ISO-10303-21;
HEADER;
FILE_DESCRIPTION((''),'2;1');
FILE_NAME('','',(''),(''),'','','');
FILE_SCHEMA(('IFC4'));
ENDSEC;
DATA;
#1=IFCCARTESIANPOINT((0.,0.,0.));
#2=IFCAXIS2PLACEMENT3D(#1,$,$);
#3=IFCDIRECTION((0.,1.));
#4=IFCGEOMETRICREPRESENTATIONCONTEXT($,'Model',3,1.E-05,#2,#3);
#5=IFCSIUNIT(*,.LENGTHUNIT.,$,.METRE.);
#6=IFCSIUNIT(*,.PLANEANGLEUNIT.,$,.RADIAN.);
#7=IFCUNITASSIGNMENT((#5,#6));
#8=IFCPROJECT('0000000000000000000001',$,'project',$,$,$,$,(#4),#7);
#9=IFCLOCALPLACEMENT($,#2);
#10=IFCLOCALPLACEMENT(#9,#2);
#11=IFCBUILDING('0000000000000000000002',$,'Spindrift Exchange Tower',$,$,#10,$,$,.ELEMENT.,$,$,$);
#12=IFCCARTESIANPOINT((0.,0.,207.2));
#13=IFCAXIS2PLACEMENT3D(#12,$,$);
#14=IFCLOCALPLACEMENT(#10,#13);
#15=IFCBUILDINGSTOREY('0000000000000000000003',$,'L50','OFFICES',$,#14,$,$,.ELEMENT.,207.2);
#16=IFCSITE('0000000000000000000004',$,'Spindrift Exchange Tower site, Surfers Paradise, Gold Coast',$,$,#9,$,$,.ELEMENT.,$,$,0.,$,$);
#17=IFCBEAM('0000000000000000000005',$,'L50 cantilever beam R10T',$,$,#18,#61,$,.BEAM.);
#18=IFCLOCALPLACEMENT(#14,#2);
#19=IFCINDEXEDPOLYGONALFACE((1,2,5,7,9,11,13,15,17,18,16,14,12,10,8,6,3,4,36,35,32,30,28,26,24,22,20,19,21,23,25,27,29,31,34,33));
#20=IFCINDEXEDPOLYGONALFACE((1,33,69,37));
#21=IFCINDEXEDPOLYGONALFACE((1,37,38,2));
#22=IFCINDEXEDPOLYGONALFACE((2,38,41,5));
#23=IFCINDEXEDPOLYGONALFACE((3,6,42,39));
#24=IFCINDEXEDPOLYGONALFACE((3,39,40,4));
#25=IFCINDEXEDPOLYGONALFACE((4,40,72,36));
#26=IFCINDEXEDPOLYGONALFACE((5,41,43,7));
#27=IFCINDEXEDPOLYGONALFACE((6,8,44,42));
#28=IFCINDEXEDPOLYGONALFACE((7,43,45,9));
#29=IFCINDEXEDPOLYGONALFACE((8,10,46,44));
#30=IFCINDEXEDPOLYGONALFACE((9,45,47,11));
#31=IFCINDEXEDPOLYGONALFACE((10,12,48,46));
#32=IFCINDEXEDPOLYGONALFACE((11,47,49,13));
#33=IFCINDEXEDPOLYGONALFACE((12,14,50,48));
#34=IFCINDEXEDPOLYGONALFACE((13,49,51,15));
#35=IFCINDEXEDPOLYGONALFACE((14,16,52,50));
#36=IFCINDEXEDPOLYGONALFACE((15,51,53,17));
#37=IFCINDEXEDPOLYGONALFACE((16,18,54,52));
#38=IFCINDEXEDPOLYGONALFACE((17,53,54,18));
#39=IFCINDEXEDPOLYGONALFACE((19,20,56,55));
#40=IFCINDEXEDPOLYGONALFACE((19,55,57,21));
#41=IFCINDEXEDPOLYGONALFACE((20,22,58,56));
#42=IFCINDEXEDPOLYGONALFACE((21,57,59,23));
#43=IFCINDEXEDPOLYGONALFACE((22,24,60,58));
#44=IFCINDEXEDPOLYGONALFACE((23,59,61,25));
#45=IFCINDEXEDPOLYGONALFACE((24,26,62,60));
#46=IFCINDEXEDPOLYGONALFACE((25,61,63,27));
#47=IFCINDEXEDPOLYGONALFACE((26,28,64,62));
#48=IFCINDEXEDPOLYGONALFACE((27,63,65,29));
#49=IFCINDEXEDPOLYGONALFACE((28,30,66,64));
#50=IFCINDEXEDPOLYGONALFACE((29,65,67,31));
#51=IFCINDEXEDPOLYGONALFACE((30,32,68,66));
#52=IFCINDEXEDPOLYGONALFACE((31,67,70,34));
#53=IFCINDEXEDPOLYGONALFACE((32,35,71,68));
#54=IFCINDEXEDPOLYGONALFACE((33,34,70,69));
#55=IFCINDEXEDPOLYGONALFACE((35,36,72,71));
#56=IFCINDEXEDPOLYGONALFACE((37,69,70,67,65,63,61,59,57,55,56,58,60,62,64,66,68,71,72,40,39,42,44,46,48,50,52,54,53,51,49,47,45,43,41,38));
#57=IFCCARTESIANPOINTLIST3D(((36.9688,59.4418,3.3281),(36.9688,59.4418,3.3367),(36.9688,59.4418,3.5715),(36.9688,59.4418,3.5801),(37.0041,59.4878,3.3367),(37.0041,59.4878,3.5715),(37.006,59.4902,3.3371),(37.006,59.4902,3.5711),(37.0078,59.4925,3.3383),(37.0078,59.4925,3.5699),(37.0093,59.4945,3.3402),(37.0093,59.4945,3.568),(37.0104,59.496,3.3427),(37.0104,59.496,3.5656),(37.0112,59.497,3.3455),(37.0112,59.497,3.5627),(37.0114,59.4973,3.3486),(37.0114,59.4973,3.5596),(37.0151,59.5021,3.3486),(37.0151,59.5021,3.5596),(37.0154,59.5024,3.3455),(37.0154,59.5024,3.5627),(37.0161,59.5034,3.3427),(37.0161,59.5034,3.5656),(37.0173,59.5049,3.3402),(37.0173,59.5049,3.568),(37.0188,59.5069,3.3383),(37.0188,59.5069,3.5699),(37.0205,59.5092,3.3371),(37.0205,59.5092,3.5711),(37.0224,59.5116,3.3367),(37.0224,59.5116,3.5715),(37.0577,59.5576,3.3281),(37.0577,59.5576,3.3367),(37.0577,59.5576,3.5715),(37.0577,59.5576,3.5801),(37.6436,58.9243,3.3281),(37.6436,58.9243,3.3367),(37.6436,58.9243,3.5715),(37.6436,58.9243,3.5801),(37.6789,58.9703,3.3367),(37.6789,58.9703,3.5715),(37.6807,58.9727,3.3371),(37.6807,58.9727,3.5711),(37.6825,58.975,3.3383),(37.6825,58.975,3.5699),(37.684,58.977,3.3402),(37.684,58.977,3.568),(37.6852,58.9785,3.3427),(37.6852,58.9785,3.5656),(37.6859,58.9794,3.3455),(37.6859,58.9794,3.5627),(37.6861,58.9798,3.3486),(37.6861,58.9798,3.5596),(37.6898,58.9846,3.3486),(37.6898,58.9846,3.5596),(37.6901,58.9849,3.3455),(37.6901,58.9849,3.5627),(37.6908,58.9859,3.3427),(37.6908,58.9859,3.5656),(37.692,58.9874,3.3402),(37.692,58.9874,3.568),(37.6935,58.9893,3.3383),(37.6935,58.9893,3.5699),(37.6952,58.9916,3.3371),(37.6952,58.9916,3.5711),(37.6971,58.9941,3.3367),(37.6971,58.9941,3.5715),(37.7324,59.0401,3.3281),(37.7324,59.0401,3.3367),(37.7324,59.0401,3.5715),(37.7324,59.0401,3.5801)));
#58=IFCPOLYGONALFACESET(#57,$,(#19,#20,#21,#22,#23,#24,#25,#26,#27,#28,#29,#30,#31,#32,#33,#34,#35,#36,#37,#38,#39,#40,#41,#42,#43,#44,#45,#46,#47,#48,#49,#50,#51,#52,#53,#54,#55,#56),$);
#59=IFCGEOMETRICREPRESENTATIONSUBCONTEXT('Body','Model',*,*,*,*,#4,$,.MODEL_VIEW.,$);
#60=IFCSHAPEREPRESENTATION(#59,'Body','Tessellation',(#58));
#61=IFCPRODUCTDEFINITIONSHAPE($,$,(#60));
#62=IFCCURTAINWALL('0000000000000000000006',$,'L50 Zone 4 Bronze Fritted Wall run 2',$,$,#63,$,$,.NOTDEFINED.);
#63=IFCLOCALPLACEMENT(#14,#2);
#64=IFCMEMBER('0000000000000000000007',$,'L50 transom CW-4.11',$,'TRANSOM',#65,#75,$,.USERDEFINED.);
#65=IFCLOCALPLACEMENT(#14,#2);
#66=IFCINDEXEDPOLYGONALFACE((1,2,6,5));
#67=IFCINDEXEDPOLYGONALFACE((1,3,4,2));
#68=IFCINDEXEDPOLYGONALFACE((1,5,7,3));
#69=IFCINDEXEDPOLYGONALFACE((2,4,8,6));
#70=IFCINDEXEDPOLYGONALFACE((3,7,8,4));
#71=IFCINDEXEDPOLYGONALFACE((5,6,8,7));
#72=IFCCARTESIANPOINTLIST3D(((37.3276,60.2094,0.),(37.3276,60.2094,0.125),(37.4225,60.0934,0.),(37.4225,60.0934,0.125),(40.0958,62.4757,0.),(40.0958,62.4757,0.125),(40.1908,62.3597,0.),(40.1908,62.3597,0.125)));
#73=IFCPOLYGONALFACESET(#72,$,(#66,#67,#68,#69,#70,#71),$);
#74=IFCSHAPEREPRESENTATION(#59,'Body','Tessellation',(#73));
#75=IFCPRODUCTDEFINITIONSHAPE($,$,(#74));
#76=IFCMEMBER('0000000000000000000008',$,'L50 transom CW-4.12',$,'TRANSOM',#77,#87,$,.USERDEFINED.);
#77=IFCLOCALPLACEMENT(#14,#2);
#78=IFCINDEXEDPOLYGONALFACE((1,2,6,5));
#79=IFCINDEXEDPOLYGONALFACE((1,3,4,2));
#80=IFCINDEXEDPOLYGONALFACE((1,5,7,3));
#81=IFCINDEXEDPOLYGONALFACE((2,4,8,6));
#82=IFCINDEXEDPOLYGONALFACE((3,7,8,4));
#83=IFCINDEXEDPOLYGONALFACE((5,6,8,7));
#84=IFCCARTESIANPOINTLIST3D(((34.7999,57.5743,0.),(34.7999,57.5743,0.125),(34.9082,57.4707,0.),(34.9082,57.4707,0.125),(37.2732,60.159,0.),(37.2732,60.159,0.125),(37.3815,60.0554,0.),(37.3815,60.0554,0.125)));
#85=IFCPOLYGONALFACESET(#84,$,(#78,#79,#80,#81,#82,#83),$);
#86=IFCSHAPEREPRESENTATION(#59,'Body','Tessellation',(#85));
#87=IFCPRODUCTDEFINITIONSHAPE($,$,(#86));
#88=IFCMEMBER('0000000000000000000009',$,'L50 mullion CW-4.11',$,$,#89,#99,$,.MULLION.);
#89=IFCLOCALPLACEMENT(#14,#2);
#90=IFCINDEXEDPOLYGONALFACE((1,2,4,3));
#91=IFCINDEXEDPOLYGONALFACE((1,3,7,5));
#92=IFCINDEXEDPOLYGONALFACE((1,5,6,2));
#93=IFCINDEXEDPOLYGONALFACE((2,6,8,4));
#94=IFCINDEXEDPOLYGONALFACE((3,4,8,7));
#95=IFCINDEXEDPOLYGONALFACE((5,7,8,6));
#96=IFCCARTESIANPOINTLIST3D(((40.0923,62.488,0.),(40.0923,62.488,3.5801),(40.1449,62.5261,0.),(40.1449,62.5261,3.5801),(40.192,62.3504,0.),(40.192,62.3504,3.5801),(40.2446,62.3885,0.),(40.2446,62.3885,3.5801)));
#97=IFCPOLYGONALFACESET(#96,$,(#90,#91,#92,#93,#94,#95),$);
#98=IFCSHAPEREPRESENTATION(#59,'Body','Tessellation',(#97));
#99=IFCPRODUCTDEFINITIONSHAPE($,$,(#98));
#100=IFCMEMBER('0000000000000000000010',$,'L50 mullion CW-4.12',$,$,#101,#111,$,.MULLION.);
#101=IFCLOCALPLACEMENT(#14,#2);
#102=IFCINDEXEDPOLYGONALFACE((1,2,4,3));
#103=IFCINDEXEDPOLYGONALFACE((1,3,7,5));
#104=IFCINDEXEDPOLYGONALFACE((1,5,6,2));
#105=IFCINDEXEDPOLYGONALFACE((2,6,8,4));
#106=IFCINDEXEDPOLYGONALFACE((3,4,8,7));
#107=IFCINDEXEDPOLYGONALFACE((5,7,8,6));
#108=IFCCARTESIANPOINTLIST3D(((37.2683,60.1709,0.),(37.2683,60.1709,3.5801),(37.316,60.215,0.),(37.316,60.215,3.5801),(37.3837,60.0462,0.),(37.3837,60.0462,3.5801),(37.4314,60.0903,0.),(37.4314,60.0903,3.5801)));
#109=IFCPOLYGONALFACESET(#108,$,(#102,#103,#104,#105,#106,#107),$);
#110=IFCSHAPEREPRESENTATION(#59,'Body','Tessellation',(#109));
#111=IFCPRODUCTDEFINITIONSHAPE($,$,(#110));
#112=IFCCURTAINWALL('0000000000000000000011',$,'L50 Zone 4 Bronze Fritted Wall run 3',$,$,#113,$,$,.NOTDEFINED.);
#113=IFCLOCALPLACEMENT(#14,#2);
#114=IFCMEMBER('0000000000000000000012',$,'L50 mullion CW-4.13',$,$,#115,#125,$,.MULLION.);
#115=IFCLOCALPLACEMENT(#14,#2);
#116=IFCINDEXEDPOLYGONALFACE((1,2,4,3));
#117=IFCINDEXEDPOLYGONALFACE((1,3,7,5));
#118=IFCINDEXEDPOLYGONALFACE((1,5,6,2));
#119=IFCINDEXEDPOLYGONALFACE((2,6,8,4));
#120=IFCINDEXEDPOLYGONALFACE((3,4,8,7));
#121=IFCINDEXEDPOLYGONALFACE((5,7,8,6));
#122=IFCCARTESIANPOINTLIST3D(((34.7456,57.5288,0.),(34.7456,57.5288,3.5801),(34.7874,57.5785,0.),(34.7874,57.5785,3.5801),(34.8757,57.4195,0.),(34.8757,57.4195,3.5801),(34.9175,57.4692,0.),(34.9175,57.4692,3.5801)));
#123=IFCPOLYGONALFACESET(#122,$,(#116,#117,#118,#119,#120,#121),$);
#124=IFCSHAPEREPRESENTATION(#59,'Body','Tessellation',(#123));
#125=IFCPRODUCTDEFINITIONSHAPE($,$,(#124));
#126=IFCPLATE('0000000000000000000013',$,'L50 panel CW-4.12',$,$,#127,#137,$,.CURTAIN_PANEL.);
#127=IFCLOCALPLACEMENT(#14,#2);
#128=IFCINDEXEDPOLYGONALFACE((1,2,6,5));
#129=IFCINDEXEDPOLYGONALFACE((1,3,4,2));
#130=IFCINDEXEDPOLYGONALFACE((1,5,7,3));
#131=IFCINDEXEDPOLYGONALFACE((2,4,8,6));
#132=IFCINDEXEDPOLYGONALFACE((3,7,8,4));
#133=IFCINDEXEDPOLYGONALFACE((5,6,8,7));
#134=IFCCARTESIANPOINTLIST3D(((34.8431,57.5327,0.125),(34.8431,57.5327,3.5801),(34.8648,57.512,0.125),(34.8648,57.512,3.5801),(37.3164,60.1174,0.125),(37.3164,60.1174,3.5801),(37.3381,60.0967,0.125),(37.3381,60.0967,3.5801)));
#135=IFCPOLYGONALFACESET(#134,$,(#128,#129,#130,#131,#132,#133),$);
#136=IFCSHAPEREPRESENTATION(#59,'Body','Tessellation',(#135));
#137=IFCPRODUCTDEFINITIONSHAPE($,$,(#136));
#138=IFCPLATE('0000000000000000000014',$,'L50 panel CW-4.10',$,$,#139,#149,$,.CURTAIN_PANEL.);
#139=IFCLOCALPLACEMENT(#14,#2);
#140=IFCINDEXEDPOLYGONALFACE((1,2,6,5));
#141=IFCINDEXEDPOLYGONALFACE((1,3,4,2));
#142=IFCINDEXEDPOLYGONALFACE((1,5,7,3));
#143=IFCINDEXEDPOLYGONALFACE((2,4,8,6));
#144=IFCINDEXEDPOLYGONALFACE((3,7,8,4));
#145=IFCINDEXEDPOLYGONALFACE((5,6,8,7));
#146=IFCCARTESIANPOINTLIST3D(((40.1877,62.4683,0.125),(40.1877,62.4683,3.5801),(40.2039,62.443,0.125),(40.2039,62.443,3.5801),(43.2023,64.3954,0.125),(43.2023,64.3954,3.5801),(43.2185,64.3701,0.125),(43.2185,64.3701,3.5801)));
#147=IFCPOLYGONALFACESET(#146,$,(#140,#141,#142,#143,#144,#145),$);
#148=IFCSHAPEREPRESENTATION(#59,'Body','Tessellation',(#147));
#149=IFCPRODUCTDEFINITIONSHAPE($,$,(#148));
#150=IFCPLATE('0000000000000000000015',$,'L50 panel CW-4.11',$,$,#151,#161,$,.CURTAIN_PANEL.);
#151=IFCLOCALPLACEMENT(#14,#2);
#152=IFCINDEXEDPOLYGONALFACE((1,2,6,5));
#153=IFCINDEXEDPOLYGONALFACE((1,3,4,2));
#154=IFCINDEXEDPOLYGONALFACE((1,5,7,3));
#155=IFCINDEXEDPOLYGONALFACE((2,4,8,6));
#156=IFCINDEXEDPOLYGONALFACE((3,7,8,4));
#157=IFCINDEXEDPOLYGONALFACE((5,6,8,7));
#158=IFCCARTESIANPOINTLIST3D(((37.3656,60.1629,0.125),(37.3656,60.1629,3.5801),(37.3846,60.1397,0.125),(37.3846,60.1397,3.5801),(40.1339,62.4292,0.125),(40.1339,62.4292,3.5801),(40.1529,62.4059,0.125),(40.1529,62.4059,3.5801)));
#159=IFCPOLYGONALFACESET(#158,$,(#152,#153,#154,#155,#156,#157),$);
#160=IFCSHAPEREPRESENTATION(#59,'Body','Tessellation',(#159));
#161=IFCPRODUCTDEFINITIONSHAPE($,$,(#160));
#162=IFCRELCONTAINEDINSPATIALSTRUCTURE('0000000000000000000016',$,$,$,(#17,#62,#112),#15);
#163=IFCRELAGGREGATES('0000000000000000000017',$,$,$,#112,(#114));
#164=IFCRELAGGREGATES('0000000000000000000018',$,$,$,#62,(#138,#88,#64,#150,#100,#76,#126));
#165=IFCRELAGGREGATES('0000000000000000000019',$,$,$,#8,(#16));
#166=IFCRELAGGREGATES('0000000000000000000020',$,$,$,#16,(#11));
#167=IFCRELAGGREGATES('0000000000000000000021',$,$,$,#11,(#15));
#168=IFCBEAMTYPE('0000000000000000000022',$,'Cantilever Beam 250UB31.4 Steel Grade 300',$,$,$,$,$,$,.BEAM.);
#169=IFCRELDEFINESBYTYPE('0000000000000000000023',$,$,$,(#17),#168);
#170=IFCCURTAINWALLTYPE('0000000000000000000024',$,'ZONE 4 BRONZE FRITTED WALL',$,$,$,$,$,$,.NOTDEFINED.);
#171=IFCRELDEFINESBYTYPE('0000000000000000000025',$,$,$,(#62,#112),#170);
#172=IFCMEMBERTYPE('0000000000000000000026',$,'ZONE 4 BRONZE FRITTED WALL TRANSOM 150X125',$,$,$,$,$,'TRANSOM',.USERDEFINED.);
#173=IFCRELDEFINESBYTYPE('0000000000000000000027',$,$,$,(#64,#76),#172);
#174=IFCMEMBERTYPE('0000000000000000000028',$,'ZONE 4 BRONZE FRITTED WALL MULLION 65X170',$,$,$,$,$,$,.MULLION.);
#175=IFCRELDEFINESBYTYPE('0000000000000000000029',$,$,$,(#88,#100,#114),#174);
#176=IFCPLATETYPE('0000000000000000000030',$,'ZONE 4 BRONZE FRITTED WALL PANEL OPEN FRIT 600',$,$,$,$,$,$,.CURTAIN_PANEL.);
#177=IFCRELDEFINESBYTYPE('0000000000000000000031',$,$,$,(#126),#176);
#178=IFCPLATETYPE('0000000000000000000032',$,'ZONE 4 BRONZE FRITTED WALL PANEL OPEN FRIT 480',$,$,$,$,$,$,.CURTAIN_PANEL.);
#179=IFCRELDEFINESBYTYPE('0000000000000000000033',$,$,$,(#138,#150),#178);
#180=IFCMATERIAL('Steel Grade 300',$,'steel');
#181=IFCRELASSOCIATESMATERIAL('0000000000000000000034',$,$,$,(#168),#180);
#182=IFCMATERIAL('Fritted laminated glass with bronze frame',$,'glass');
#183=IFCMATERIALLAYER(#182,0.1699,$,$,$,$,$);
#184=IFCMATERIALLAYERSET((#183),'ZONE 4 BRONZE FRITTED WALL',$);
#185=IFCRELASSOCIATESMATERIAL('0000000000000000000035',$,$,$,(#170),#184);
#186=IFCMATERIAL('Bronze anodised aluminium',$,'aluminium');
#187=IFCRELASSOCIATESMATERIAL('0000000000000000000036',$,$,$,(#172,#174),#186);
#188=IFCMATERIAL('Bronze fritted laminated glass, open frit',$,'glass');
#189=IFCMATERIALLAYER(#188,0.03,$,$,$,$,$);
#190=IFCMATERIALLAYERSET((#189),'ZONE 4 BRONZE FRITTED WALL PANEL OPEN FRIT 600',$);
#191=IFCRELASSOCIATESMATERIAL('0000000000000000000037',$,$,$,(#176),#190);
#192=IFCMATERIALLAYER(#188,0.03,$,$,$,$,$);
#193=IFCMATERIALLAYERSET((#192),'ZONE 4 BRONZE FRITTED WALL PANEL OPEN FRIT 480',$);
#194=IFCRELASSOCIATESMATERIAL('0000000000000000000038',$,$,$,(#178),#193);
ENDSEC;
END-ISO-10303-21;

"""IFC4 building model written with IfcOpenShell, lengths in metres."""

from ifc_helpers import new_model, si_unit, direction, frame, origin, origin_2d, place, context, subcontext, project, spatial, rectangle, i_section, extrude, source, transform, mapped, material, layer, layer_set, material_profile, profile_set, type_object, element, aggregate, save


model = new_model("IFC4")

# Units and contexts
model_context = context("Model", 3, precision=1e-05, world=origin(), true_north=direction((0.0, 1.0)))
body_context = subcontext(model_context, "Body", "Model", "MODEL_VIEW")
ifc_project = project(units=[si_unit("LENGTHUNIT", "METRE"), si_unit("PLANEANGLEUNIT", "RADIAN")], contexts=[model_context])

# Site, building, storey
site_placement = place(None, origin())
site = spatial("IfcSite", under=ifc_project, at=site_placement, Name="Spindrift Exchange Tower site, Surfers Paradise, Gold Coast", CompositionType="ELEMENT", RefElevation=0.0)
building_placement = place(site_placement, origin())
building = spatial("IfcBuilding", under=site, at=building_placement, Name="Spindrift Exchange Tower", CompositionType="ELEMENT")
storey_placement = place(building_placement, frame((0.0, 0.0, 207.2)))
storey = spatial("IfcBuildingStorey", under=building, at=storey_placement, Name="L50", Description="OFFICES", CompositionType="ELEMENT", Elevation=207.2)

# Beam
ifc_material_1 = material(Name="Steel Grade 300", Category="steel")
ifc_material_profile_1 = material_profile(ifc_material_1, i_section(OverallWidth=0.146, OverallDepth=0.252, WebThickness=0.0061, FlangeThickness=0.0085, FilletRadius=0.012, at=origin_2d()), Name="250UB31.4")
ifc_profile_set_1 = profile_set([ifc_material_profile_1], Name="Steel Grade 300")
beam_type_1 = type_object("IfcBeamType", Name="Cantilever Beam 250UB31.4 Steel Grade 300", PredefinedType="BEAM", material=ifc_profile_set_1)
shared_shape_1 = source(origin(), body_context, "Body", "SweptSolid", [
    extrude(i_section(OverallWidth=0.146, OverallDepth=0.252, WebThickness=0.0061, FlangeThickness=0.0085, FilletRadius=0.012, at=origin_2d()), origin(), (0.0, 0.0, 1.0), 0.8503),
])
beam_1_placement = place(storey_placement, frame((37.688, 58.9822, 3.4541), z_axis=(-0.793477, 0.6086, 0.0), x_axis=(-0.6086, -0.793477, 0.0)))
element("IfcBeam", 1, at=beam_1_placement, inside=storey, type_object=beam_type_1, Name="L50 cantilever beam R10T", PredefinedType="BEAM", context=body_context, shape_type="MappedRepresentation", body=[
    mapped(shared_shape_1, transform((0.0, 0.0, 0.0), scale=1.0)),
])

# Curtain wall, members
ifc_material_2 = material(Name="Fritted laminated glass with bronze frame", Category="glass")
ifc_layer_1 = layer(ifc_material_2, 0.1699)
ifc_layer_set_1 = layer_set([ifc_layer_1], Name="ZONE 4 BRONZE FRITTED WALL")
curtain_wall_type = type_object("IfcCurtainWallType", Name="ZONE 4 BRONZE FRITTED WALL", PredefinedType="NOTDEFINED", material=ifc_layer_set_1)
curtain_wall_1_placement = place(storey_placement, origin())
curtain_wall_1 = element("IfcCurtainWall", 2, at=curtain_wall_1_placement, inside=storey, type_object=curtain_wall_type, Name="L50 Zone 4 Bronze Fritted Wall run 2", PredefinedType="NOTDEFINED")
ifc_material_3 = material(Name="Bronze anodised aluminium", Category="aluminium")
ifc_material_profile_2 = material_profile(ifc_material_3, rectangle(XDim=0.1499, YDim=0.125, at=origin_2d()), Name="ZONE 4 BRONZE FRITTED WALL TRANSOM 150X125")
ifc_profile_set_2 = profile_set([ifc_material_profile_2], Name="Bronze anodised aluminium")
member_type_1 = type_object("IfcMemberType", Name="ZONE 4 BRONZE FRITTED WALL TRANSOM 150X125", ElementType="TRANSOM", PredefinedType="USERDEFINED", material=ifc_profile_set_2)
shared_shape_2 = source(origin(), body_context, "Body", "SweptSolid", [
    extrude(rectangle(XDim=0.1499, YDim=0.125, at=origin_2d()), origin(), (0.0, 0.0, 1.0), 3.5776),
])
member_1_placement = place(storey_placement, frame((40.1433, 62.4177, 0.0625), z_axis=(-0.773769, -0.633468, 0.0), x_axis=(0.633468, -0.773769, 0.0)))
member_1 = element("IfcMember", 3, at=member_1_placement, type_object=member_type_1, Name="L50 transom CW-4.11", ObjectType="TRANSOM", PredefinedType="USERDEFINED", context=body_context, shape_type="MappedRepresentation", body=[
    mapped(shared_shape_2, transform((0.0, 0.0, 0.0), scale=1.0)),
])
shared_shape_3 = source(origin(), body_context, "Body", "SweptSolid", [
    extrude(rectangle(XDim=0.1499, YDim=0.125, at=origin_2d()), origin(), (0.0, 0.0, 1.0), 3.5774),
])
member_2_placement = place(storey_placement, frame((37.3274, 60.1072, 0.0625), z_axis=(-0.691376, -0.722495, 0.0), x_axis=(0.722495, -0.691376, 0.0)))
member_2 = element("IfcMember", 4, at=member_2_placement, type_object=member_type_1, Name="L50 transom CW-4.12", ObjectType="TRANSOM", PredefinedType="USERDEFINED", context=body_context, shape_type="MappedRepresentation", body=[
    mapped(shared_shape_3, transform((0.0, 0.0, 0.0), scale=1.0)),
])
ifc_material_profile_3 = material_profile(ifc_material_3, rectangle(XDim=0.0649, YDim=0.1699, at=origin_2d()), Name="ZONE 4 BRONZE FRITTED WALL MULLION 65X170")
ifc_profile_set_3 = profile_set([ifc_material_profile_3], Name="Bronze anodised aluminium")
member_type_2 = type_object("IfcMemberType", Name="ZONE 4 BRONZE FRITTED WALL MULLION 65X170", PredefinedType="MULLION", material=ifc_profile_set_3)
shared_shape_4 = source(origin(), body_context, "Body", "SweptSolid", [
    extrude(rectangle(XDim=0.0649, YDim=0.1699, at=origin_2d()), origin(), (0.0, 0.0, 1.0), 3.5801),
])
member_3_placement = place(storey_placement, frame((40.1685, 62.4382, 0.0), z_axis=(0.0, 0.0, 1.0), x_axis=(-0.809564, -0.587031, 0.0)))
member_3 = element("IfcMember", 5, at=member_3_placement, type_object=member_type_2, Name="L50 mullion CW-4.11", PredefinedType="MULLION", context=body_context, shape_type="MappedRepresentation", body=[
    mapped(shared_shape_4, transform((0.0, 0.0, 0.0), scale=1.0)),
])
member_4_placement = place(storey_placement, frame((37.3499, 60.1306, 0.0), z_axis=(0.0, 0.0, 1.0), x_axis=(-0.733928, -0.679227, 0.0)))
member_4 = element("IfcMember", 6, at=member_4_placement, type_object=member_type_2, Name="L50 mullion CW-4.12", PredefinedType="MULLION", context=body_context, shape_type="MappedRepresentation", body=[
    mapped(shared_shape_4, transform((0.0, 0.0, 0.0), scale=1.0)),
])

# Curtain wall, member
curtain_wall_2_placement = place(storey_placement, origin())
curtain_wall_2 = element("IfcCurtainWall", 7, at=curtain_wall_2_placement, inside=storey, type_object=curtain_wall_type, Name="L50 Zone 4 Bronze Fritted Wall run 3", PredefinedType="NOTDEFINED")
member_5_placement = place(storey_placement, frame((34.8315, 57.499, 0.0), z_axis=(0.0, 0.0, 1.0), x_axis=(-0.64325, -0.765656, 0.0)))
member_5 = element("IfcMember", 8, at=member_5_placement, type_object=member_type_2, Name="L50 mullion CW-4.13", PredefinedType="MULLION", context=body_context, shape_type="MappedRepresentation", body=[
    mapped(shared_shape_4, transform((0.0, 0.0, 0.0), scale=1.0)),
])
aggregate(curtain_wall_2, [member_5])

# Plates
ifc_material_4 = material(Name="Bronze fritted laminated glass, open frit", Category="glass")
ifc_layer_2 = layer(ifc_material_4, 0.03)
ifc_layer_set_2 = layer_set([ifc_layer_2], Name="ZONE 4 BRONZE FRITTED WALL PANEL OPEN FRIT 600")
plate_type_1 = type_object("IfcPlateType", Name="ZONE 4 BRONZE FRITTED WALL PANEL OPEN FRIT 600", PredefinedType="CURTAIN_PANEL", material=ifc_layer_set_2)
shared_shape_5 = source(origin(), body_context, "Body", "SweptSolid", [
    extrude(rectangle(XDim=3.5774, YDim=0.03, at=origin_2d()), origin(), (0.0, 0.0, 1.0), 3.4551),
])
plate_1_placement = place(storey_placement, frame((36.0906, 58.8147, 0.125), z_axis=(0.0, 0.0, 1.0), x_axis=(-0.691369, -0.722502, 0.0)))
plate_1 = element("IfcPlate", 9, at=plate_1_placement, type_object=plate_type_1, Name="L50 panel CW-4.12", PredefinedType="CURTAIN_PANEL", context=body_context, shape_type="MappedRepresentation", body=[
    mapped(shared_shape_5, transform((0.0, 0.0, 0.0), scale=1.0)),
])
ifc_layer_3 = layer(ifc_material_4, 0.03)
ifc_layer_set_3 = layer_set([ifc_layer_3], Name="ZONE 4 BRONZE FRITTED WALL PANEL OPEN FRIT 480")
plate_type_2 = type_object("IfcPlateType", Name="ZONE 4 BRONZE FRITTED WALL PANEL OPEN FRIT 480", PredefinedType="CURTAIN_PANEL", material=ifc_layer_set_3)
shared_shape_6 = source(origin(), body_context, "Body", "SweptSolid", [
    extrude(rectangle(XDim=3.5779, YDim=0.03, at=origin_2d()), origin(), (0.0, 0.0, 1.0), 3.4551),
])
plate_2_placement = place(storey_placement, frame((41.7031, 63.4192, 0.125), z_axis=(0.0, 0.0, 1.0), x_axis=(-0.842564, -0.538596, 0.0)))
plate_2 = element("IfcPlate", 10, at=plate_2_placement, type_object=plate_type_2, Name="L50 panel CW-4.10", PredefinedType="CURTAIN_PANEL", context=body_context, shape_type="MappedRepresentation", body=[
    mapped(shared_shape_6, transform((0.0, 0.0, 0.0), scale=1.0)),
])
shared_shape_7 = source(origin(), body_context, "Body", "SweptSolid", [
    extrude(rectangle(XDim=3.5776, YDim=0.03, at=origin_2d()), origin(), (0.0, 0.0, 1.0), 3.4551),
])
plate_3_placement = place(storey_placement, frame((38.7593, 61.2844, 0.125), z_axis=(0.0, 0.0, 1.0), x_axis=(-0.773784, -0.63345, 0.0)))
plate_3 = element("IfcPlate", 11, at=plate_3_placement, type_object=plate_type_2, Name="L50 panel CW-4.11", PredefinedType="CURTAIN_PANEL", context=body_context, shape_type="MappedRepresentation", body=[
    mapped(shared_shape_7, transform((0.0, 0.0, 0.0), scale=1.0)),
])
aggregate(curtain_wall_1, [plate_2, member_3, member_1, plate_3, member_4, member_2, plate_1])

save(model, "model.ifc")
